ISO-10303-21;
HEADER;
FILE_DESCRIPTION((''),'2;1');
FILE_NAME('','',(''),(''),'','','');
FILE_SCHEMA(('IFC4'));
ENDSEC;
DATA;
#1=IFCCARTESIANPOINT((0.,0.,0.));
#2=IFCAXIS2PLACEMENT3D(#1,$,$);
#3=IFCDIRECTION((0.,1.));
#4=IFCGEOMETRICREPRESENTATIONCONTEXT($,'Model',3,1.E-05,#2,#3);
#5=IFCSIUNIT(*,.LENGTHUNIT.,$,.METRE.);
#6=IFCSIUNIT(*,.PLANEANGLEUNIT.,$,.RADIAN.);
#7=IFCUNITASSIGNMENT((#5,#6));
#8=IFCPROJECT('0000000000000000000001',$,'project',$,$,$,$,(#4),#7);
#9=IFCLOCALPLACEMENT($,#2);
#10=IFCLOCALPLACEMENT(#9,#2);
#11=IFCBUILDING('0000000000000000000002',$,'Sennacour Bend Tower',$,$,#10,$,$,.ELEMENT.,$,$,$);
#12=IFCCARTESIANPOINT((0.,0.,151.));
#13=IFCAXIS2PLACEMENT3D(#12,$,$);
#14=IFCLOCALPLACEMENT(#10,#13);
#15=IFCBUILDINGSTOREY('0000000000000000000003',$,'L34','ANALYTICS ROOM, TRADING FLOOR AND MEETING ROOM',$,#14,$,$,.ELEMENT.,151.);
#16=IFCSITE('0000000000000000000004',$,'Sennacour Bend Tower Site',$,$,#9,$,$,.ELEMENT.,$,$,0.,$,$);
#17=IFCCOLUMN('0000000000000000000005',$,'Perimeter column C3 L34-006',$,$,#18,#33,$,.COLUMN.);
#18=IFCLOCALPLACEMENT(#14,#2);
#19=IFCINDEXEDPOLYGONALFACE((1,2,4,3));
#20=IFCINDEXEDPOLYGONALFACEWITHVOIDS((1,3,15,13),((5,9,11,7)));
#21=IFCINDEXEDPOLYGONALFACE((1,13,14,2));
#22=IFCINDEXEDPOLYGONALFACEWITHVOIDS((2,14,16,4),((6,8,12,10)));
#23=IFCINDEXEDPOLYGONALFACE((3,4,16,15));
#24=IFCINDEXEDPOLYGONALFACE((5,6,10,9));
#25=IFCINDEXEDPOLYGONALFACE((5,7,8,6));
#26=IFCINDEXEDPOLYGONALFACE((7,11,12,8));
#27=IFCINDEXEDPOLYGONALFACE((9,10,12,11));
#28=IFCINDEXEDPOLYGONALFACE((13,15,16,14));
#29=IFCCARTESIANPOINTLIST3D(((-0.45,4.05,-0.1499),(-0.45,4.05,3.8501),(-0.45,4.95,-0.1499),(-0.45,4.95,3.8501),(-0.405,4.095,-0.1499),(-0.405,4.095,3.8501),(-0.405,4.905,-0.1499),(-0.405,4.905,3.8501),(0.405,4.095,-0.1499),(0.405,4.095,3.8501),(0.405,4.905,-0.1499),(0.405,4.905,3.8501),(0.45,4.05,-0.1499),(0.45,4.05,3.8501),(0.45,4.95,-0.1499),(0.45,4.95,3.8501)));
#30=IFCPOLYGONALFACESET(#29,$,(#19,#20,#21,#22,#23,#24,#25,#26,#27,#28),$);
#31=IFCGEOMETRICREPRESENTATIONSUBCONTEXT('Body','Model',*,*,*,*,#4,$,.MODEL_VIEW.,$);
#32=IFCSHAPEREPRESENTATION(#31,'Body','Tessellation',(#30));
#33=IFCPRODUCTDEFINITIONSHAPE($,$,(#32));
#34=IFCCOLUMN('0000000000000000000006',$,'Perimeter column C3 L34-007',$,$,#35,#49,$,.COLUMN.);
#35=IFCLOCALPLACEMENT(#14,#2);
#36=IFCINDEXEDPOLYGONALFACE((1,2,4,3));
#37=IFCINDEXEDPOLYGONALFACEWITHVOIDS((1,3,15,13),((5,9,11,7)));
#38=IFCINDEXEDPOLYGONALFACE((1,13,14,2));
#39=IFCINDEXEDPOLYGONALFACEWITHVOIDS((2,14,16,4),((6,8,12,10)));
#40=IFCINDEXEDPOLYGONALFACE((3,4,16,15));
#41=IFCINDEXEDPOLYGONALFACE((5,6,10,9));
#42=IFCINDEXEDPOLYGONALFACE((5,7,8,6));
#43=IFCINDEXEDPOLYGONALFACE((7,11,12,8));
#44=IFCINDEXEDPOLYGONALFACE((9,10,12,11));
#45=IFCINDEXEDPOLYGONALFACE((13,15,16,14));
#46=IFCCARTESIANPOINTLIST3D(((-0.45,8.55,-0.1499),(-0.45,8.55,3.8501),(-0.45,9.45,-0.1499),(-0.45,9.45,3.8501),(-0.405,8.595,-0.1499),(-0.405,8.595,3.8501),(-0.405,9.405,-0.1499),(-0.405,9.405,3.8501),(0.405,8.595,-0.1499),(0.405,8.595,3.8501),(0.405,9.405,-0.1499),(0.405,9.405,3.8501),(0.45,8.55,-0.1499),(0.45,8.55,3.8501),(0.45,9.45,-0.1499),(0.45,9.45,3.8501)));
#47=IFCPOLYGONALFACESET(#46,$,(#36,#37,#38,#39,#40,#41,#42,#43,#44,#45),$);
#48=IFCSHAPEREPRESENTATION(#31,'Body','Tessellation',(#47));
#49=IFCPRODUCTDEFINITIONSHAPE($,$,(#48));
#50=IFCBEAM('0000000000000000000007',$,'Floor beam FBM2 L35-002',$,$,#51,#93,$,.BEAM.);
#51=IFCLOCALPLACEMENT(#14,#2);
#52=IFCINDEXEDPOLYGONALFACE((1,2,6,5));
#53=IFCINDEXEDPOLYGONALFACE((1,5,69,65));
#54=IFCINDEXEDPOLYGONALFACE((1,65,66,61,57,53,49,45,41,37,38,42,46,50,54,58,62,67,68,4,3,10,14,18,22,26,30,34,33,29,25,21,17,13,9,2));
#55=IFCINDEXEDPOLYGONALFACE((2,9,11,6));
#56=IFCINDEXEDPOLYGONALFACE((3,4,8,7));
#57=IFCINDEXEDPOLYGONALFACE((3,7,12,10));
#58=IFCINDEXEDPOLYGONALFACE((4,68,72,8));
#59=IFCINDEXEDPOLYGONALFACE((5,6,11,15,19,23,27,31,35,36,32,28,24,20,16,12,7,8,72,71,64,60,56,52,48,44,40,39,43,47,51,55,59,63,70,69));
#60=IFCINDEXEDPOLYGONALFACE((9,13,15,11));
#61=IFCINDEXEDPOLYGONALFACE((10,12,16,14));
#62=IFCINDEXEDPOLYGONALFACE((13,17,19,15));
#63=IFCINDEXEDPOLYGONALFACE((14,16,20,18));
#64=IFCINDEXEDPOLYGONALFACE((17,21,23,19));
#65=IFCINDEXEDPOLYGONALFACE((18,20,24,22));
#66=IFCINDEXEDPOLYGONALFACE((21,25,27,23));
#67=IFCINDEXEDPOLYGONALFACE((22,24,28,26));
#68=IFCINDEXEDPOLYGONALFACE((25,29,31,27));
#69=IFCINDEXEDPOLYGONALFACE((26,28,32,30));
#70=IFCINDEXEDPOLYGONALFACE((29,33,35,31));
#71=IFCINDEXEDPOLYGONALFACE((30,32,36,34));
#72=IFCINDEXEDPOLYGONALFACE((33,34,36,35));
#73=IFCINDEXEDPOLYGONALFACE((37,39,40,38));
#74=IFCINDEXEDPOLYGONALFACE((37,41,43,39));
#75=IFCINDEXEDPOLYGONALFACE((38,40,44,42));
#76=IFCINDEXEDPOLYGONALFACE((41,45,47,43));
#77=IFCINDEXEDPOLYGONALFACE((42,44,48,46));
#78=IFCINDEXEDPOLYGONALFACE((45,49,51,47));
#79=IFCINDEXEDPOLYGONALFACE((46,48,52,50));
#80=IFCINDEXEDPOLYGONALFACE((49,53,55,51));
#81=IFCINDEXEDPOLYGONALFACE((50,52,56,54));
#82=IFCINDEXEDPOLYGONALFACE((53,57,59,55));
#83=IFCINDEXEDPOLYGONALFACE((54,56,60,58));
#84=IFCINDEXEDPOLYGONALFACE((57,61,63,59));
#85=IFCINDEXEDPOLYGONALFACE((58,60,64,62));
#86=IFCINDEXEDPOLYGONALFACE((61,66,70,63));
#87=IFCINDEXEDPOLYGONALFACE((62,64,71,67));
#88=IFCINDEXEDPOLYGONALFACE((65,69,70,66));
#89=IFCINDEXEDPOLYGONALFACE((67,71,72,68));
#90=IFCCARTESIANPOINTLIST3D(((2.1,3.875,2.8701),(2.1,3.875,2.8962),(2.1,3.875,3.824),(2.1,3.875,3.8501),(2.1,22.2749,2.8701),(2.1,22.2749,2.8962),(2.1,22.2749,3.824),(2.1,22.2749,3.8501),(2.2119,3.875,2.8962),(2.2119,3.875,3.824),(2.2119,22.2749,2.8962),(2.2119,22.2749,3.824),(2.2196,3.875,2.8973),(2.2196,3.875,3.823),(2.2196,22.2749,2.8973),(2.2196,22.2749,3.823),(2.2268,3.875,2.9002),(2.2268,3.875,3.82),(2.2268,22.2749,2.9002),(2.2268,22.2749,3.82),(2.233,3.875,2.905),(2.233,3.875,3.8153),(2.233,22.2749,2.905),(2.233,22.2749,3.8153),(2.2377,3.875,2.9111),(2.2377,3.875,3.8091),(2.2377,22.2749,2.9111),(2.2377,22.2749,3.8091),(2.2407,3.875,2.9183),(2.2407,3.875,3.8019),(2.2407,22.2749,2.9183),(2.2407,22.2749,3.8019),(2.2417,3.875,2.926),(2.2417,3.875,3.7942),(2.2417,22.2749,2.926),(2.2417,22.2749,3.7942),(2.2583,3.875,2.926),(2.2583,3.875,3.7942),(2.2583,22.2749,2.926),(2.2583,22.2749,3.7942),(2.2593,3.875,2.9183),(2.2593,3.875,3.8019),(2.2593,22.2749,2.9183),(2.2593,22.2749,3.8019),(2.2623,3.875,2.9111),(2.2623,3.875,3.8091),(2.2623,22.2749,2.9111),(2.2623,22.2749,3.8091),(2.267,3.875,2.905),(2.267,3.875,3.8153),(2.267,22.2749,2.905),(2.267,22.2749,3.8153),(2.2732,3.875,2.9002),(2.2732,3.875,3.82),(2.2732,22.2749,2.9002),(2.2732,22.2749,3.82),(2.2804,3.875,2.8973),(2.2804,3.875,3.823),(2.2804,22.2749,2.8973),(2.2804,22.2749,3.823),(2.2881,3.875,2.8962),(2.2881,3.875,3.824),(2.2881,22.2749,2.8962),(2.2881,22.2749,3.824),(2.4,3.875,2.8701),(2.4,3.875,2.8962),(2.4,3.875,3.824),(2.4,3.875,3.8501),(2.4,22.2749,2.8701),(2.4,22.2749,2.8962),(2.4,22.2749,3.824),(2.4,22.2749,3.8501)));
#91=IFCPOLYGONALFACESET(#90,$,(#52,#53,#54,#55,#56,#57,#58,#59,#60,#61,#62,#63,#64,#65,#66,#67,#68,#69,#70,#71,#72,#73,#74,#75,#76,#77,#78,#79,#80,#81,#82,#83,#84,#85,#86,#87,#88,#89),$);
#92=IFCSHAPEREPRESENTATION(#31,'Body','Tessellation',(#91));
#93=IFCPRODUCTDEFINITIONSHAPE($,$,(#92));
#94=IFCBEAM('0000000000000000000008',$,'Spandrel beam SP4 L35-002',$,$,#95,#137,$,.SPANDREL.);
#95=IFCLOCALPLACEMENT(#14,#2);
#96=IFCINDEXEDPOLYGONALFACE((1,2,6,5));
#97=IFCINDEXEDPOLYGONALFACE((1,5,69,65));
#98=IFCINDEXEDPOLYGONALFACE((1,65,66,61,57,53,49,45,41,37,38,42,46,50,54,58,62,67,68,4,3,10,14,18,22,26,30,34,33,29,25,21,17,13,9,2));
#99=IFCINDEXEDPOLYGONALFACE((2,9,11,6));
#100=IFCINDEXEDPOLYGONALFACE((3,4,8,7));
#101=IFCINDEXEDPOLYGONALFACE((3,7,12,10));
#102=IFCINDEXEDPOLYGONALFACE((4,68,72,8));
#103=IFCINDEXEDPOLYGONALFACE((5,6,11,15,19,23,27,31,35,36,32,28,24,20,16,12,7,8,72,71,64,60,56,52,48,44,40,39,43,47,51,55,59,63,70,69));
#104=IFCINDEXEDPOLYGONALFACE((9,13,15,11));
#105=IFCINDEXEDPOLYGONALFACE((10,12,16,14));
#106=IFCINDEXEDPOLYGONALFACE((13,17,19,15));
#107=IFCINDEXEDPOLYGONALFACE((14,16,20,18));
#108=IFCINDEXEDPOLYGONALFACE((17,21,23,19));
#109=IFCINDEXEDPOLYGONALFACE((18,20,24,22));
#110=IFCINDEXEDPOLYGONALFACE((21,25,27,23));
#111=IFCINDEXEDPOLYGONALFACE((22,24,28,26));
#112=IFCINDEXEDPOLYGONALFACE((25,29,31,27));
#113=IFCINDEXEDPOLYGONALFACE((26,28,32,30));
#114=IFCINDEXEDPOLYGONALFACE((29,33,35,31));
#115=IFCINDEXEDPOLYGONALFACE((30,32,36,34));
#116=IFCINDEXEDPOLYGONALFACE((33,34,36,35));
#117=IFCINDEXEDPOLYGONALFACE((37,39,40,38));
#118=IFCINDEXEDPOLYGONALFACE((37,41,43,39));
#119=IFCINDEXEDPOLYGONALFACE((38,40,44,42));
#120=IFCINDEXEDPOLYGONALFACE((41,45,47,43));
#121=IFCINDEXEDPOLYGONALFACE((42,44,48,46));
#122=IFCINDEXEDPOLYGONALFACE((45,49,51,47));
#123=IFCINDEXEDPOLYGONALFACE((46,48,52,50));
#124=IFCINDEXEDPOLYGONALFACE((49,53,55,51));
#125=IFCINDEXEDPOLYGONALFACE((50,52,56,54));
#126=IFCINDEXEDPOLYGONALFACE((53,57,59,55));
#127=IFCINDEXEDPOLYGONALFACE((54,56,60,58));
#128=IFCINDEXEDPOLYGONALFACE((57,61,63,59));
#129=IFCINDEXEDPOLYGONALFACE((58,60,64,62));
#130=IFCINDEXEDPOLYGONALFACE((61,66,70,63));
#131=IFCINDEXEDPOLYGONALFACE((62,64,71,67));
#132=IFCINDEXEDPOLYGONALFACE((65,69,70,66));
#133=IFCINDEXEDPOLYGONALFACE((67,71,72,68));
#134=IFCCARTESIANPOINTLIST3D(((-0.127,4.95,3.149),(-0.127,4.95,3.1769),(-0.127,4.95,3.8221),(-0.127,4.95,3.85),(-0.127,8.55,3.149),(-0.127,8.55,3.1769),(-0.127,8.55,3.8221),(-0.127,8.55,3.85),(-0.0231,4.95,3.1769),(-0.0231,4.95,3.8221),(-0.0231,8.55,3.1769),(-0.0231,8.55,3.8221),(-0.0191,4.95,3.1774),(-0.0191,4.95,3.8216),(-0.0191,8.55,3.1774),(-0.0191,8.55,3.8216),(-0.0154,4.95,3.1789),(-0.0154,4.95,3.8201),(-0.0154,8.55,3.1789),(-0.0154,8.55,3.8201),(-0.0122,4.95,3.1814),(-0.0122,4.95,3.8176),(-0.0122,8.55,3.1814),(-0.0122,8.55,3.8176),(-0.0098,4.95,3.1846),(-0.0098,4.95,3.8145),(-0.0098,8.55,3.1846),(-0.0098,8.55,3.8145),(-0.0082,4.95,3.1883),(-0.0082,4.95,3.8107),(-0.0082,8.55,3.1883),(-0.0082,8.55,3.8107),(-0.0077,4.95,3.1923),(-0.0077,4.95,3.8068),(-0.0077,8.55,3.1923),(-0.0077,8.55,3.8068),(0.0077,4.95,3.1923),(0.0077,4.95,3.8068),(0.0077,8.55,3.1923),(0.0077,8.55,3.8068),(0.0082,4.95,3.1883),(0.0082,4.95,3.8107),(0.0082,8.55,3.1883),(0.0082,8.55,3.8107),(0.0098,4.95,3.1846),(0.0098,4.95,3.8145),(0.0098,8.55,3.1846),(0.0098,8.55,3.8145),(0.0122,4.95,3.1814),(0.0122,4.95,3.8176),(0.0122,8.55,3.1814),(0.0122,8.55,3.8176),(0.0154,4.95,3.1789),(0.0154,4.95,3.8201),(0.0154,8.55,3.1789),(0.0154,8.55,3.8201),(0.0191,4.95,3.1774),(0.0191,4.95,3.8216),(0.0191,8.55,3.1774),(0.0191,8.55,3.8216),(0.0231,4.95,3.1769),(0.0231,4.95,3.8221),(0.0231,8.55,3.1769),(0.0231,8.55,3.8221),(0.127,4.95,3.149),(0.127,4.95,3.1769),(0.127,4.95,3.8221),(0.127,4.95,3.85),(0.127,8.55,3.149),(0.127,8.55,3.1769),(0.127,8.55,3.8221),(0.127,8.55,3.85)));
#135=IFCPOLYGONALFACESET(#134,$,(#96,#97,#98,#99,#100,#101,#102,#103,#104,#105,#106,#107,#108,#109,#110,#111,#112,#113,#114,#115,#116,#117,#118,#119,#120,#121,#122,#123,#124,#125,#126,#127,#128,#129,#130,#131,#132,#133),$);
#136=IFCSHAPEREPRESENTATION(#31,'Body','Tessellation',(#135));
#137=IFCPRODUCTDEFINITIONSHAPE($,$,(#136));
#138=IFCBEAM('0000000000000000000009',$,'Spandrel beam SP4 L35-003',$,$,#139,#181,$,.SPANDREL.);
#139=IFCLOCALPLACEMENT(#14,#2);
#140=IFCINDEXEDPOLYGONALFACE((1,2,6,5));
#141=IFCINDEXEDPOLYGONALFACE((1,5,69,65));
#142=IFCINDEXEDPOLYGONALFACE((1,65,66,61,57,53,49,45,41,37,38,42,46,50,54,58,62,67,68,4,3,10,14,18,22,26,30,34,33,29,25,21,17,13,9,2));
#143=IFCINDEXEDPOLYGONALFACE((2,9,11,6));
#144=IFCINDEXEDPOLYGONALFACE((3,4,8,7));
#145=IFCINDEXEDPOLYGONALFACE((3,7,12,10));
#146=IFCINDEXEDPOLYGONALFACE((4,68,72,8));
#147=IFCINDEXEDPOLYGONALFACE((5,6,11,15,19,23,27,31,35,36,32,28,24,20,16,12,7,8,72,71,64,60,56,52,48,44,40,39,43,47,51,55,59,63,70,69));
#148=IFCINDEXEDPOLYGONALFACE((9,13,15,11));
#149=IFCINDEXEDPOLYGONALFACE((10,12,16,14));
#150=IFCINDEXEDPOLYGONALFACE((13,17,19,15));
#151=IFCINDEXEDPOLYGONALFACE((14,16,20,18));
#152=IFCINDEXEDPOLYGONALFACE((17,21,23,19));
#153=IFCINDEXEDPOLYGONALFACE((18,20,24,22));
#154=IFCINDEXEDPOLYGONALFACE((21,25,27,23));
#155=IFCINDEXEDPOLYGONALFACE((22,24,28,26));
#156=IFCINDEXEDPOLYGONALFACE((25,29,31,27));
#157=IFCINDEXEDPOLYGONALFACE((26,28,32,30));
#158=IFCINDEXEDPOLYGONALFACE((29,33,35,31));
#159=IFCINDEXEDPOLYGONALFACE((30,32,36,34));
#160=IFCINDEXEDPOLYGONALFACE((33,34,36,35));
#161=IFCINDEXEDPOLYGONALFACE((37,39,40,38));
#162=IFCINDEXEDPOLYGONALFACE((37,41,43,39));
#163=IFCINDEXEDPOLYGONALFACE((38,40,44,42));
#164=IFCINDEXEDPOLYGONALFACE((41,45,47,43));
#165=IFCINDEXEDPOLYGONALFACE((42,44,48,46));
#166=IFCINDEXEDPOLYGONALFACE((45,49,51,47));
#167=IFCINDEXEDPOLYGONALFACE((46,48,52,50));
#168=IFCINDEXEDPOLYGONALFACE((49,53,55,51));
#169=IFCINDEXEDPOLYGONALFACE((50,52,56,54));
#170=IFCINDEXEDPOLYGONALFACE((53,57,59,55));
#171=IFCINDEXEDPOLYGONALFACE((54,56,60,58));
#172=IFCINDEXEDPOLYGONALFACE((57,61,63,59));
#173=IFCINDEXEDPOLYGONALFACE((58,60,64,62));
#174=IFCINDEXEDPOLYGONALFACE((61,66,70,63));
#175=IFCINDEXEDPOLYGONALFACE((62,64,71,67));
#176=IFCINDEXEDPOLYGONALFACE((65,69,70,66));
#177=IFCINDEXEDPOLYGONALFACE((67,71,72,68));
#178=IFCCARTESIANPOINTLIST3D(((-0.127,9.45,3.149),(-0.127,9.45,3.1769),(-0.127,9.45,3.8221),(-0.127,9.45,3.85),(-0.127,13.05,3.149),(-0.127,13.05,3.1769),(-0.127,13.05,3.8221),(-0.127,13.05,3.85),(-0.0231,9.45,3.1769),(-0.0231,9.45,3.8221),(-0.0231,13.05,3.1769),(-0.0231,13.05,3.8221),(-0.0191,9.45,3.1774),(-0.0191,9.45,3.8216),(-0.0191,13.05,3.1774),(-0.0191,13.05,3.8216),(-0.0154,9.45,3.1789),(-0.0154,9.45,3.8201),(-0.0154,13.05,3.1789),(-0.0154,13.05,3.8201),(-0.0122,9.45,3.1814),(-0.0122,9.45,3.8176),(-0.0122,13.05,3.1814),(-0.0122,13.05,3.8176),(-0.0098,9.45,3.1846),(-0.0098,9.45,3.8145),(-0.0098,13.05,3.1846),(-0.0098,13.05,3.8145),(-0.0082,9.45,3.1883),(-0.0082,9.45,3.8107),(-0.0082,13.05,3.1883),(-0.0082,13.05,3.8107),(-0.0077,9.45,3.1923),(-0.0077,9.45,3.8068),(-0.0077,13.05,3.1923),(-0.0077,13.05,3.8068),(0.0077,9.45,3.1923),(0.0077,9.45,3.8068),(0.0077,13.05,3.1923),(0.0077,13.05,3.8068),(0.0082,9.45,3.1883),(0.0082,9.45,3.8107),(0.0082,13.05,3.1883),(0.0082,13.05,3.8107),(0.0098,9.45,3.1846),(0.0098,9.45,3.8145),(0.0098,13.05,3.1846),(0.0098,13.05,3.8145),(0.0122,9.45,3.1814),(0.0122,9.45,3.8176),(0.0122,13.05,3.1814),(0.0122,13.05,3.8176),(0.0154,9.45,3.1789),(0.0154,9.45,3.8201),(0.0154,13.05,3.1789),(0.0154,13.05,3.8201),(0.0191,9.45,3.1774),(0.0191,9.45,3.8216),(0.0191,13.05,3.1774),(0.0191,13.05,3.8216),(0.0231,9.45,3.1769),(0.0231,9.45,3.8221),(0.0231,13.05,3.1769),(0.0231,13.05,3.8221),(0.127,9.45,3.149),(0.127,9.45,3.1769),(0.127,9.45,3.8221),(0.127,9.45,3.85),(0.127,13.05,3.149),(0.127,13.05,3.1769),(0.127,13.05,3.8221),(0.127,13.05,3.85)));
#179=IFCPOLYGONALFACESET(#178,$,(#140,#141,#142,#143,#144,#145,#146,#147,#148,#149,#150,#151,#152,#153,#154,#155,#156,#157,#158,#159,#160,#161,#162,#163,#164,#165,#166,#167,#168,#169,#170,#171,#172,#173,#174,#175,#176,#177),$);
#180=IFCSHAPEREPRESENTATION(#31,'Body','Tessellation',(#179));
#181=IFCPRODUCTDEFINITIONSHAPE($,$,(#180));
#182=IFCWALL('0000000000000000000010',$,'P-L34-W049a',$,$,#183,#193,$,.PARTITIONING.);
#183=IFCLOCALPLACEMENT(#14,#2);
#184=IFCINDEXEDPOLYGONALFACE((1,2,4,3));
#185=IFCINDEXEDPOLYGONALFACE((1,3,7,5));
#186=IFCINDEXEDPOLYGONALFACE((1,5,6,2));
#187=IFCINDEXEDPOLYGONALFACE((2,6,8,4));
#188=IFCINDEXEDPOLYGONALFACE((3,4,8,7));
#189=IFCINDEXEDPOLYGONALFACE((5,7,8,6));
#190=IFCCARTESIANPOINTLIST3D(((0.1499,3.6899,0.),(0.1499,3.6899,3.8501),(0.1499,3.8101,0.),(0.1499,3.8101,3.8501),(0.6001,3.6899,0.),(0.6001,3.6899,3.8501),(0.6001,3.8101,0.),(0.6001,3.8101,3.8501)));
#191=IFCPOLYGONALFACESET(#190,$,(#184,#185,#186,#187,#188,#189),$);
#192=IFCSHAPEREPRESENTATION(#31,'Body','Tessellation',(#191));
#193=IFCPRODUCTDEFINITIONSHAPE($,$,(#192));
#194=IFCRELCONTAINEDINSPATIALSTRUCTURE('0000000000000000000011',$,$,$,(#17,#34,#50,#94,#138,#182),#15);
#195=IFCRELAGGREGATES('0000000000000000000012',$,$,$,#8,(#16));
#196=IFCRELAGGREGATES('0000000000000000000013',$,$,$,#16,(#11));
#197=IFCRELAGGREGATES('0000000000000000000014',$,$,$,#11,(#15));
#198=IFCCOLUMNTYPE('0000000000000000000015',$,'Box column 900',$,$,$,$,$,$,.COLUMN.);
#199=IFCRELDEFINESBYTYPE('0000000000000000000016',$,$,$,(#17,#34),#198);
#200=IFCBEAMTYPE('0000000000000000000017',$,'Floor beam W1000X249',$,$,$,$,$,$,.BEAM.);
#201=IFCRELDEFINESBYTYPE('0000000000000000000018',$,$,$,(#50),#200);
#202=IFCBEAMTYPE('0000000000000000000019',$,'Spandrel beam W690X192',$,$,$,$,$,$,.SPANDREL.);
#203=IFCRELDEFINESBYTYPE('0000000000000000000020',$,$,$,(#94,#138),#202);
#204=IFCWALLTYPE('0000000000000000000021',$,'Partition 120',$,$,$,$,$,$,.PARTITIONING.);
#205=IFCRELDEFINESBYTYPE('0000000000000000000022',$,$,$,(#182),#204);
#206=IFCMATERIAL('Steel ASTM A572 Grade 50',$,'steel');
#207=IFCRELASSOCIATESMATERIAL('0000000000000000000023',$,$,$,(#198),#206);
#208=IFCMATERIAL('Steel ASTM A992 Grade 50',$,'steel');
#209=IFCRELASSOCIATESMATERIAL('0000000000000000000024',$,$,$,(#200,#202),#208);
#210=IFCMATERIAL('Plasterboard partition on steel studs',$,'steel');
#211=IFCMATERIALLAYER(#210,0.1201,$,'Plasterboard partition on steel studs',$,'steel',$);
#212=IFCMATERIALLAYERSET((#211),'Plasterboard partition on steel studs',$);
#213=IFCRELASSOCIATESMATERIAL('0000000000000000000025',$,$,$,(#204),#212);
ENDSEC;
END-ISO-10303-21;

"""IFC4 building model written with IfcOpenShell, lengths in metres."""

from ifc_helpers import new_model, si_unit, direction, frame, frame_2d, origin, origin_2d, place, context, subcontext, project, spatial, rectangle, hollow_rectangle, i_section, extrude, material, layer, layer_set, material_profile, profile_set, type_object, element, save


model = new_model("IFC4")

# Units and contexts
model_context = context("Model", 3, precision=1e-05, world=origin(), true_north=direction((0.0, 1.0)))
body_context = subcontext(model_context, "Body", "Model", "MODEL_VIEW")
ifc_project = project(units=[si_unit("LENGTHUNIT", "METRE"), si_unit("PLANEANGLEUNIT", "RADIAN")], contexts=[model_context])

# Site, building, storey
site_placement = place(None, origin())
site = spatial("IfcSite", under=ifc_project, at=site_placement, Name="Sennacour Bend Tower Site", CompositionType="ELEMENT", RefElevation=0.0)
building_placement = place(site_placement, origin())
building = spatial("IfcBuilding", under=site, at=building_placement, Name="Sennacour Bend Tower", CompositionType="ELEMENT")
storey_placement = place(building_placement, frame((0.0, 0.0, 151.0)))
storey = spatial("IfcBuildingStorey", under=building, at=storey_placement, Name="L34", Description="ANALYTICS ROOM, TRADING FLOOR AND MEETING ROOM", CompositionType="ELEMENT", Elevation=151.0)

# Columns
ifc_material_1 = material(Name="Steel ASTM A572 Grade 50", Category="steel")
ifc_material_profile_1 = material_profile(ifc_material_1, hollow_rectangle(XDim=0.8999, YDim=0.8999, WallThickness=0.0449, at=origin_2d()), Name="Steel ASTM A572 Grade 50", Category="steel")
ifc_profile_set_1 = profile_set([ifc_material_profile_1], Name="Steel ASTM A572 Grade 50")
column_type = type_object("IfcColumnType", Name="Box column 900", PredefinedType="COLUMN", material=ifc_profile_set_1)
for number, where, z_axis, x_axis, name in (
    (1, (0.0, 4.5, -0.1499), (0.0, 0.0, 1.0), (1.0, 0.0, 0.0), "Perimeter column C3 L34-006"),
    (2, (0.0, 9.0, -0.1499), (0.0, 0.0, 1.0), (1.0, 0.0, 0.0), "Perimeter column C3 L34-007"),
):
    element("IfcColumn", number, at=place(storey_placement, frame(where, z_axis=z_axis, x_axis=x_axis)), inside=storey, type_object=column_type, Name=name, PredefinedType="COLUMN", context=body_context, shape_type="SweptSolid", body=[
        extrude(hollow_rectangle(XDim=0.8999, YDim=0.8999, WallThickness=0.0449, at=origin_2d()), origin(), (0.0, 0.0, 1.0), 4.0),
    ])

# Beams
ifc_material_2 = material(Name="Steel ASTM A992 Grade 50", Category="steel")
ifc_material_profile_2 = material_profile(ifc_material_2, i_section(OverallWidth=0.3, OverallDepth=0.98, WebThickness=0.0166, FlangeThickness=0.0261, FilletRadius=0.0298, at=origin_2d()), Name="Steel ASTM A992 Grade 50", Category="steel")
ifc_profile_set_2 = profile_set([ifc_material_profile_2], Name="Steel ASTM A992 Grade 50")
beam_type_1 = type_object("IfcBeamType", Name="Floor beam W1000X249", PredefinedType="BEAM", material=ifc_profile_set_2)
beam_placement = place(storey_placement, frame((2.25, 3.875, 3.3601), z_axis=(0.0, 1.0, 0.0), x_axis=(-1.0, 0.0, 0.0)))
element("IfcBeam", 3, at=beam_placement, inside=storey, type_object=beam_type_1, Name="Floor beam FBM2 L35-002", PredefinedType="BEAM", context=body_context, shape_type="SweptSolid", body=[
    extrude(i_section(OverallWidth=0.3, OverallDepth=0.98, WebThickness=0.0166, FlangeThickness=0.0261, FilletRadius=0.0298, at=origin_2d()), origin(), (0.0, 0.0, 1.0), 18.3999),
])
ifc_material_profile_3 = material_profile(ifc_material_2, i_section(OverallWidth=0.2539, OverallDepth=0.7009, WebThickness=0.0154, FlangeThickness=0.0278, FilletRadius=0.0154, at=origin_2d()), Name="Steel ASTM A992 Grade 50", Category="steel")
ifc_profile_set_3 = profile_set([ifc_material_profile_3], Name="Steel ASTM A992 Grade 50")
beam_type_2 = type_object("IfcBeamType", Name="Spandrel beam W690X192", PredefinedType="SPANDREL", material=ifc_profile_set_3)
for number, where, z_axis, x_axis, name in (
    (4, (0.0, 4.95, 3.4995), (0.0, 1.0, 0.0), (-1.0, 0.0, 0.0), "Spandrel beam SP4 L35-002"),
    (5, (0.0, 9.45, 3.4995), (0.0, 1.0, 0.0), (-1.0, 0.0, 0.0), "Spandrel beam SP4 L35-003"),
):
    element("IfcBeam", number, at=place(storey_placement, frame(where, z_axis=z_axis, x_axis=x_axis)), inside=storey, type_object=beam_type_2, Name=name, PredefinedType="SPANDREL", context=body_context, shape_type="SweptSolid", body=[
        extrude(i_section(OverallWidth=0.2539, OverallDepth=0.7009, WebThickness=0.0154, FlangeThickness=0.0278, FilletRadius=0.0154, at=origin_2d()), origin(), (0.0, 0.0, 1.0), 3.6001),
    ])

# Wall
ifc_material_3 = material(Name="Plasterboard partition on steel studs", Category="steel")
ifc_layer_1 = layer(ifc_material_3, 0.1201, Name="Plasterboard partition on steel studs", Category="steel")
ifc_layer_set_1 = layer_set([ifc_layer_1], Name="Plasterboard partition on steel studs")
wall_type_1 = type_object("IfcWallType", Name="Partition 120", PredefinedType="PARTITIONING", material=ifc_layer_set_1)
wall_1_placement = place(storey_placement, frame((0.1499, 3.75, 0.0), z_axis=(0.0, 0.0, 1.0), x_axis=(1.0, 0.0, 0.0)))
element("IfcWall", 6, at=wall_1_placement, inside=storey, type_object=wall_type_1, Name="P-L34-W049a", PredefinedType="PARTITIONING", context=body_context, shape_type="SweptSolid", body=[
    extrude(rectangle(XDim=0.4502, YDim=0.1201, at=frame_2d((0.2251, 0.0))), origin(), (0.0, 0.0, 1.0), 3.8501),
])

save(model, "model.ifc")
